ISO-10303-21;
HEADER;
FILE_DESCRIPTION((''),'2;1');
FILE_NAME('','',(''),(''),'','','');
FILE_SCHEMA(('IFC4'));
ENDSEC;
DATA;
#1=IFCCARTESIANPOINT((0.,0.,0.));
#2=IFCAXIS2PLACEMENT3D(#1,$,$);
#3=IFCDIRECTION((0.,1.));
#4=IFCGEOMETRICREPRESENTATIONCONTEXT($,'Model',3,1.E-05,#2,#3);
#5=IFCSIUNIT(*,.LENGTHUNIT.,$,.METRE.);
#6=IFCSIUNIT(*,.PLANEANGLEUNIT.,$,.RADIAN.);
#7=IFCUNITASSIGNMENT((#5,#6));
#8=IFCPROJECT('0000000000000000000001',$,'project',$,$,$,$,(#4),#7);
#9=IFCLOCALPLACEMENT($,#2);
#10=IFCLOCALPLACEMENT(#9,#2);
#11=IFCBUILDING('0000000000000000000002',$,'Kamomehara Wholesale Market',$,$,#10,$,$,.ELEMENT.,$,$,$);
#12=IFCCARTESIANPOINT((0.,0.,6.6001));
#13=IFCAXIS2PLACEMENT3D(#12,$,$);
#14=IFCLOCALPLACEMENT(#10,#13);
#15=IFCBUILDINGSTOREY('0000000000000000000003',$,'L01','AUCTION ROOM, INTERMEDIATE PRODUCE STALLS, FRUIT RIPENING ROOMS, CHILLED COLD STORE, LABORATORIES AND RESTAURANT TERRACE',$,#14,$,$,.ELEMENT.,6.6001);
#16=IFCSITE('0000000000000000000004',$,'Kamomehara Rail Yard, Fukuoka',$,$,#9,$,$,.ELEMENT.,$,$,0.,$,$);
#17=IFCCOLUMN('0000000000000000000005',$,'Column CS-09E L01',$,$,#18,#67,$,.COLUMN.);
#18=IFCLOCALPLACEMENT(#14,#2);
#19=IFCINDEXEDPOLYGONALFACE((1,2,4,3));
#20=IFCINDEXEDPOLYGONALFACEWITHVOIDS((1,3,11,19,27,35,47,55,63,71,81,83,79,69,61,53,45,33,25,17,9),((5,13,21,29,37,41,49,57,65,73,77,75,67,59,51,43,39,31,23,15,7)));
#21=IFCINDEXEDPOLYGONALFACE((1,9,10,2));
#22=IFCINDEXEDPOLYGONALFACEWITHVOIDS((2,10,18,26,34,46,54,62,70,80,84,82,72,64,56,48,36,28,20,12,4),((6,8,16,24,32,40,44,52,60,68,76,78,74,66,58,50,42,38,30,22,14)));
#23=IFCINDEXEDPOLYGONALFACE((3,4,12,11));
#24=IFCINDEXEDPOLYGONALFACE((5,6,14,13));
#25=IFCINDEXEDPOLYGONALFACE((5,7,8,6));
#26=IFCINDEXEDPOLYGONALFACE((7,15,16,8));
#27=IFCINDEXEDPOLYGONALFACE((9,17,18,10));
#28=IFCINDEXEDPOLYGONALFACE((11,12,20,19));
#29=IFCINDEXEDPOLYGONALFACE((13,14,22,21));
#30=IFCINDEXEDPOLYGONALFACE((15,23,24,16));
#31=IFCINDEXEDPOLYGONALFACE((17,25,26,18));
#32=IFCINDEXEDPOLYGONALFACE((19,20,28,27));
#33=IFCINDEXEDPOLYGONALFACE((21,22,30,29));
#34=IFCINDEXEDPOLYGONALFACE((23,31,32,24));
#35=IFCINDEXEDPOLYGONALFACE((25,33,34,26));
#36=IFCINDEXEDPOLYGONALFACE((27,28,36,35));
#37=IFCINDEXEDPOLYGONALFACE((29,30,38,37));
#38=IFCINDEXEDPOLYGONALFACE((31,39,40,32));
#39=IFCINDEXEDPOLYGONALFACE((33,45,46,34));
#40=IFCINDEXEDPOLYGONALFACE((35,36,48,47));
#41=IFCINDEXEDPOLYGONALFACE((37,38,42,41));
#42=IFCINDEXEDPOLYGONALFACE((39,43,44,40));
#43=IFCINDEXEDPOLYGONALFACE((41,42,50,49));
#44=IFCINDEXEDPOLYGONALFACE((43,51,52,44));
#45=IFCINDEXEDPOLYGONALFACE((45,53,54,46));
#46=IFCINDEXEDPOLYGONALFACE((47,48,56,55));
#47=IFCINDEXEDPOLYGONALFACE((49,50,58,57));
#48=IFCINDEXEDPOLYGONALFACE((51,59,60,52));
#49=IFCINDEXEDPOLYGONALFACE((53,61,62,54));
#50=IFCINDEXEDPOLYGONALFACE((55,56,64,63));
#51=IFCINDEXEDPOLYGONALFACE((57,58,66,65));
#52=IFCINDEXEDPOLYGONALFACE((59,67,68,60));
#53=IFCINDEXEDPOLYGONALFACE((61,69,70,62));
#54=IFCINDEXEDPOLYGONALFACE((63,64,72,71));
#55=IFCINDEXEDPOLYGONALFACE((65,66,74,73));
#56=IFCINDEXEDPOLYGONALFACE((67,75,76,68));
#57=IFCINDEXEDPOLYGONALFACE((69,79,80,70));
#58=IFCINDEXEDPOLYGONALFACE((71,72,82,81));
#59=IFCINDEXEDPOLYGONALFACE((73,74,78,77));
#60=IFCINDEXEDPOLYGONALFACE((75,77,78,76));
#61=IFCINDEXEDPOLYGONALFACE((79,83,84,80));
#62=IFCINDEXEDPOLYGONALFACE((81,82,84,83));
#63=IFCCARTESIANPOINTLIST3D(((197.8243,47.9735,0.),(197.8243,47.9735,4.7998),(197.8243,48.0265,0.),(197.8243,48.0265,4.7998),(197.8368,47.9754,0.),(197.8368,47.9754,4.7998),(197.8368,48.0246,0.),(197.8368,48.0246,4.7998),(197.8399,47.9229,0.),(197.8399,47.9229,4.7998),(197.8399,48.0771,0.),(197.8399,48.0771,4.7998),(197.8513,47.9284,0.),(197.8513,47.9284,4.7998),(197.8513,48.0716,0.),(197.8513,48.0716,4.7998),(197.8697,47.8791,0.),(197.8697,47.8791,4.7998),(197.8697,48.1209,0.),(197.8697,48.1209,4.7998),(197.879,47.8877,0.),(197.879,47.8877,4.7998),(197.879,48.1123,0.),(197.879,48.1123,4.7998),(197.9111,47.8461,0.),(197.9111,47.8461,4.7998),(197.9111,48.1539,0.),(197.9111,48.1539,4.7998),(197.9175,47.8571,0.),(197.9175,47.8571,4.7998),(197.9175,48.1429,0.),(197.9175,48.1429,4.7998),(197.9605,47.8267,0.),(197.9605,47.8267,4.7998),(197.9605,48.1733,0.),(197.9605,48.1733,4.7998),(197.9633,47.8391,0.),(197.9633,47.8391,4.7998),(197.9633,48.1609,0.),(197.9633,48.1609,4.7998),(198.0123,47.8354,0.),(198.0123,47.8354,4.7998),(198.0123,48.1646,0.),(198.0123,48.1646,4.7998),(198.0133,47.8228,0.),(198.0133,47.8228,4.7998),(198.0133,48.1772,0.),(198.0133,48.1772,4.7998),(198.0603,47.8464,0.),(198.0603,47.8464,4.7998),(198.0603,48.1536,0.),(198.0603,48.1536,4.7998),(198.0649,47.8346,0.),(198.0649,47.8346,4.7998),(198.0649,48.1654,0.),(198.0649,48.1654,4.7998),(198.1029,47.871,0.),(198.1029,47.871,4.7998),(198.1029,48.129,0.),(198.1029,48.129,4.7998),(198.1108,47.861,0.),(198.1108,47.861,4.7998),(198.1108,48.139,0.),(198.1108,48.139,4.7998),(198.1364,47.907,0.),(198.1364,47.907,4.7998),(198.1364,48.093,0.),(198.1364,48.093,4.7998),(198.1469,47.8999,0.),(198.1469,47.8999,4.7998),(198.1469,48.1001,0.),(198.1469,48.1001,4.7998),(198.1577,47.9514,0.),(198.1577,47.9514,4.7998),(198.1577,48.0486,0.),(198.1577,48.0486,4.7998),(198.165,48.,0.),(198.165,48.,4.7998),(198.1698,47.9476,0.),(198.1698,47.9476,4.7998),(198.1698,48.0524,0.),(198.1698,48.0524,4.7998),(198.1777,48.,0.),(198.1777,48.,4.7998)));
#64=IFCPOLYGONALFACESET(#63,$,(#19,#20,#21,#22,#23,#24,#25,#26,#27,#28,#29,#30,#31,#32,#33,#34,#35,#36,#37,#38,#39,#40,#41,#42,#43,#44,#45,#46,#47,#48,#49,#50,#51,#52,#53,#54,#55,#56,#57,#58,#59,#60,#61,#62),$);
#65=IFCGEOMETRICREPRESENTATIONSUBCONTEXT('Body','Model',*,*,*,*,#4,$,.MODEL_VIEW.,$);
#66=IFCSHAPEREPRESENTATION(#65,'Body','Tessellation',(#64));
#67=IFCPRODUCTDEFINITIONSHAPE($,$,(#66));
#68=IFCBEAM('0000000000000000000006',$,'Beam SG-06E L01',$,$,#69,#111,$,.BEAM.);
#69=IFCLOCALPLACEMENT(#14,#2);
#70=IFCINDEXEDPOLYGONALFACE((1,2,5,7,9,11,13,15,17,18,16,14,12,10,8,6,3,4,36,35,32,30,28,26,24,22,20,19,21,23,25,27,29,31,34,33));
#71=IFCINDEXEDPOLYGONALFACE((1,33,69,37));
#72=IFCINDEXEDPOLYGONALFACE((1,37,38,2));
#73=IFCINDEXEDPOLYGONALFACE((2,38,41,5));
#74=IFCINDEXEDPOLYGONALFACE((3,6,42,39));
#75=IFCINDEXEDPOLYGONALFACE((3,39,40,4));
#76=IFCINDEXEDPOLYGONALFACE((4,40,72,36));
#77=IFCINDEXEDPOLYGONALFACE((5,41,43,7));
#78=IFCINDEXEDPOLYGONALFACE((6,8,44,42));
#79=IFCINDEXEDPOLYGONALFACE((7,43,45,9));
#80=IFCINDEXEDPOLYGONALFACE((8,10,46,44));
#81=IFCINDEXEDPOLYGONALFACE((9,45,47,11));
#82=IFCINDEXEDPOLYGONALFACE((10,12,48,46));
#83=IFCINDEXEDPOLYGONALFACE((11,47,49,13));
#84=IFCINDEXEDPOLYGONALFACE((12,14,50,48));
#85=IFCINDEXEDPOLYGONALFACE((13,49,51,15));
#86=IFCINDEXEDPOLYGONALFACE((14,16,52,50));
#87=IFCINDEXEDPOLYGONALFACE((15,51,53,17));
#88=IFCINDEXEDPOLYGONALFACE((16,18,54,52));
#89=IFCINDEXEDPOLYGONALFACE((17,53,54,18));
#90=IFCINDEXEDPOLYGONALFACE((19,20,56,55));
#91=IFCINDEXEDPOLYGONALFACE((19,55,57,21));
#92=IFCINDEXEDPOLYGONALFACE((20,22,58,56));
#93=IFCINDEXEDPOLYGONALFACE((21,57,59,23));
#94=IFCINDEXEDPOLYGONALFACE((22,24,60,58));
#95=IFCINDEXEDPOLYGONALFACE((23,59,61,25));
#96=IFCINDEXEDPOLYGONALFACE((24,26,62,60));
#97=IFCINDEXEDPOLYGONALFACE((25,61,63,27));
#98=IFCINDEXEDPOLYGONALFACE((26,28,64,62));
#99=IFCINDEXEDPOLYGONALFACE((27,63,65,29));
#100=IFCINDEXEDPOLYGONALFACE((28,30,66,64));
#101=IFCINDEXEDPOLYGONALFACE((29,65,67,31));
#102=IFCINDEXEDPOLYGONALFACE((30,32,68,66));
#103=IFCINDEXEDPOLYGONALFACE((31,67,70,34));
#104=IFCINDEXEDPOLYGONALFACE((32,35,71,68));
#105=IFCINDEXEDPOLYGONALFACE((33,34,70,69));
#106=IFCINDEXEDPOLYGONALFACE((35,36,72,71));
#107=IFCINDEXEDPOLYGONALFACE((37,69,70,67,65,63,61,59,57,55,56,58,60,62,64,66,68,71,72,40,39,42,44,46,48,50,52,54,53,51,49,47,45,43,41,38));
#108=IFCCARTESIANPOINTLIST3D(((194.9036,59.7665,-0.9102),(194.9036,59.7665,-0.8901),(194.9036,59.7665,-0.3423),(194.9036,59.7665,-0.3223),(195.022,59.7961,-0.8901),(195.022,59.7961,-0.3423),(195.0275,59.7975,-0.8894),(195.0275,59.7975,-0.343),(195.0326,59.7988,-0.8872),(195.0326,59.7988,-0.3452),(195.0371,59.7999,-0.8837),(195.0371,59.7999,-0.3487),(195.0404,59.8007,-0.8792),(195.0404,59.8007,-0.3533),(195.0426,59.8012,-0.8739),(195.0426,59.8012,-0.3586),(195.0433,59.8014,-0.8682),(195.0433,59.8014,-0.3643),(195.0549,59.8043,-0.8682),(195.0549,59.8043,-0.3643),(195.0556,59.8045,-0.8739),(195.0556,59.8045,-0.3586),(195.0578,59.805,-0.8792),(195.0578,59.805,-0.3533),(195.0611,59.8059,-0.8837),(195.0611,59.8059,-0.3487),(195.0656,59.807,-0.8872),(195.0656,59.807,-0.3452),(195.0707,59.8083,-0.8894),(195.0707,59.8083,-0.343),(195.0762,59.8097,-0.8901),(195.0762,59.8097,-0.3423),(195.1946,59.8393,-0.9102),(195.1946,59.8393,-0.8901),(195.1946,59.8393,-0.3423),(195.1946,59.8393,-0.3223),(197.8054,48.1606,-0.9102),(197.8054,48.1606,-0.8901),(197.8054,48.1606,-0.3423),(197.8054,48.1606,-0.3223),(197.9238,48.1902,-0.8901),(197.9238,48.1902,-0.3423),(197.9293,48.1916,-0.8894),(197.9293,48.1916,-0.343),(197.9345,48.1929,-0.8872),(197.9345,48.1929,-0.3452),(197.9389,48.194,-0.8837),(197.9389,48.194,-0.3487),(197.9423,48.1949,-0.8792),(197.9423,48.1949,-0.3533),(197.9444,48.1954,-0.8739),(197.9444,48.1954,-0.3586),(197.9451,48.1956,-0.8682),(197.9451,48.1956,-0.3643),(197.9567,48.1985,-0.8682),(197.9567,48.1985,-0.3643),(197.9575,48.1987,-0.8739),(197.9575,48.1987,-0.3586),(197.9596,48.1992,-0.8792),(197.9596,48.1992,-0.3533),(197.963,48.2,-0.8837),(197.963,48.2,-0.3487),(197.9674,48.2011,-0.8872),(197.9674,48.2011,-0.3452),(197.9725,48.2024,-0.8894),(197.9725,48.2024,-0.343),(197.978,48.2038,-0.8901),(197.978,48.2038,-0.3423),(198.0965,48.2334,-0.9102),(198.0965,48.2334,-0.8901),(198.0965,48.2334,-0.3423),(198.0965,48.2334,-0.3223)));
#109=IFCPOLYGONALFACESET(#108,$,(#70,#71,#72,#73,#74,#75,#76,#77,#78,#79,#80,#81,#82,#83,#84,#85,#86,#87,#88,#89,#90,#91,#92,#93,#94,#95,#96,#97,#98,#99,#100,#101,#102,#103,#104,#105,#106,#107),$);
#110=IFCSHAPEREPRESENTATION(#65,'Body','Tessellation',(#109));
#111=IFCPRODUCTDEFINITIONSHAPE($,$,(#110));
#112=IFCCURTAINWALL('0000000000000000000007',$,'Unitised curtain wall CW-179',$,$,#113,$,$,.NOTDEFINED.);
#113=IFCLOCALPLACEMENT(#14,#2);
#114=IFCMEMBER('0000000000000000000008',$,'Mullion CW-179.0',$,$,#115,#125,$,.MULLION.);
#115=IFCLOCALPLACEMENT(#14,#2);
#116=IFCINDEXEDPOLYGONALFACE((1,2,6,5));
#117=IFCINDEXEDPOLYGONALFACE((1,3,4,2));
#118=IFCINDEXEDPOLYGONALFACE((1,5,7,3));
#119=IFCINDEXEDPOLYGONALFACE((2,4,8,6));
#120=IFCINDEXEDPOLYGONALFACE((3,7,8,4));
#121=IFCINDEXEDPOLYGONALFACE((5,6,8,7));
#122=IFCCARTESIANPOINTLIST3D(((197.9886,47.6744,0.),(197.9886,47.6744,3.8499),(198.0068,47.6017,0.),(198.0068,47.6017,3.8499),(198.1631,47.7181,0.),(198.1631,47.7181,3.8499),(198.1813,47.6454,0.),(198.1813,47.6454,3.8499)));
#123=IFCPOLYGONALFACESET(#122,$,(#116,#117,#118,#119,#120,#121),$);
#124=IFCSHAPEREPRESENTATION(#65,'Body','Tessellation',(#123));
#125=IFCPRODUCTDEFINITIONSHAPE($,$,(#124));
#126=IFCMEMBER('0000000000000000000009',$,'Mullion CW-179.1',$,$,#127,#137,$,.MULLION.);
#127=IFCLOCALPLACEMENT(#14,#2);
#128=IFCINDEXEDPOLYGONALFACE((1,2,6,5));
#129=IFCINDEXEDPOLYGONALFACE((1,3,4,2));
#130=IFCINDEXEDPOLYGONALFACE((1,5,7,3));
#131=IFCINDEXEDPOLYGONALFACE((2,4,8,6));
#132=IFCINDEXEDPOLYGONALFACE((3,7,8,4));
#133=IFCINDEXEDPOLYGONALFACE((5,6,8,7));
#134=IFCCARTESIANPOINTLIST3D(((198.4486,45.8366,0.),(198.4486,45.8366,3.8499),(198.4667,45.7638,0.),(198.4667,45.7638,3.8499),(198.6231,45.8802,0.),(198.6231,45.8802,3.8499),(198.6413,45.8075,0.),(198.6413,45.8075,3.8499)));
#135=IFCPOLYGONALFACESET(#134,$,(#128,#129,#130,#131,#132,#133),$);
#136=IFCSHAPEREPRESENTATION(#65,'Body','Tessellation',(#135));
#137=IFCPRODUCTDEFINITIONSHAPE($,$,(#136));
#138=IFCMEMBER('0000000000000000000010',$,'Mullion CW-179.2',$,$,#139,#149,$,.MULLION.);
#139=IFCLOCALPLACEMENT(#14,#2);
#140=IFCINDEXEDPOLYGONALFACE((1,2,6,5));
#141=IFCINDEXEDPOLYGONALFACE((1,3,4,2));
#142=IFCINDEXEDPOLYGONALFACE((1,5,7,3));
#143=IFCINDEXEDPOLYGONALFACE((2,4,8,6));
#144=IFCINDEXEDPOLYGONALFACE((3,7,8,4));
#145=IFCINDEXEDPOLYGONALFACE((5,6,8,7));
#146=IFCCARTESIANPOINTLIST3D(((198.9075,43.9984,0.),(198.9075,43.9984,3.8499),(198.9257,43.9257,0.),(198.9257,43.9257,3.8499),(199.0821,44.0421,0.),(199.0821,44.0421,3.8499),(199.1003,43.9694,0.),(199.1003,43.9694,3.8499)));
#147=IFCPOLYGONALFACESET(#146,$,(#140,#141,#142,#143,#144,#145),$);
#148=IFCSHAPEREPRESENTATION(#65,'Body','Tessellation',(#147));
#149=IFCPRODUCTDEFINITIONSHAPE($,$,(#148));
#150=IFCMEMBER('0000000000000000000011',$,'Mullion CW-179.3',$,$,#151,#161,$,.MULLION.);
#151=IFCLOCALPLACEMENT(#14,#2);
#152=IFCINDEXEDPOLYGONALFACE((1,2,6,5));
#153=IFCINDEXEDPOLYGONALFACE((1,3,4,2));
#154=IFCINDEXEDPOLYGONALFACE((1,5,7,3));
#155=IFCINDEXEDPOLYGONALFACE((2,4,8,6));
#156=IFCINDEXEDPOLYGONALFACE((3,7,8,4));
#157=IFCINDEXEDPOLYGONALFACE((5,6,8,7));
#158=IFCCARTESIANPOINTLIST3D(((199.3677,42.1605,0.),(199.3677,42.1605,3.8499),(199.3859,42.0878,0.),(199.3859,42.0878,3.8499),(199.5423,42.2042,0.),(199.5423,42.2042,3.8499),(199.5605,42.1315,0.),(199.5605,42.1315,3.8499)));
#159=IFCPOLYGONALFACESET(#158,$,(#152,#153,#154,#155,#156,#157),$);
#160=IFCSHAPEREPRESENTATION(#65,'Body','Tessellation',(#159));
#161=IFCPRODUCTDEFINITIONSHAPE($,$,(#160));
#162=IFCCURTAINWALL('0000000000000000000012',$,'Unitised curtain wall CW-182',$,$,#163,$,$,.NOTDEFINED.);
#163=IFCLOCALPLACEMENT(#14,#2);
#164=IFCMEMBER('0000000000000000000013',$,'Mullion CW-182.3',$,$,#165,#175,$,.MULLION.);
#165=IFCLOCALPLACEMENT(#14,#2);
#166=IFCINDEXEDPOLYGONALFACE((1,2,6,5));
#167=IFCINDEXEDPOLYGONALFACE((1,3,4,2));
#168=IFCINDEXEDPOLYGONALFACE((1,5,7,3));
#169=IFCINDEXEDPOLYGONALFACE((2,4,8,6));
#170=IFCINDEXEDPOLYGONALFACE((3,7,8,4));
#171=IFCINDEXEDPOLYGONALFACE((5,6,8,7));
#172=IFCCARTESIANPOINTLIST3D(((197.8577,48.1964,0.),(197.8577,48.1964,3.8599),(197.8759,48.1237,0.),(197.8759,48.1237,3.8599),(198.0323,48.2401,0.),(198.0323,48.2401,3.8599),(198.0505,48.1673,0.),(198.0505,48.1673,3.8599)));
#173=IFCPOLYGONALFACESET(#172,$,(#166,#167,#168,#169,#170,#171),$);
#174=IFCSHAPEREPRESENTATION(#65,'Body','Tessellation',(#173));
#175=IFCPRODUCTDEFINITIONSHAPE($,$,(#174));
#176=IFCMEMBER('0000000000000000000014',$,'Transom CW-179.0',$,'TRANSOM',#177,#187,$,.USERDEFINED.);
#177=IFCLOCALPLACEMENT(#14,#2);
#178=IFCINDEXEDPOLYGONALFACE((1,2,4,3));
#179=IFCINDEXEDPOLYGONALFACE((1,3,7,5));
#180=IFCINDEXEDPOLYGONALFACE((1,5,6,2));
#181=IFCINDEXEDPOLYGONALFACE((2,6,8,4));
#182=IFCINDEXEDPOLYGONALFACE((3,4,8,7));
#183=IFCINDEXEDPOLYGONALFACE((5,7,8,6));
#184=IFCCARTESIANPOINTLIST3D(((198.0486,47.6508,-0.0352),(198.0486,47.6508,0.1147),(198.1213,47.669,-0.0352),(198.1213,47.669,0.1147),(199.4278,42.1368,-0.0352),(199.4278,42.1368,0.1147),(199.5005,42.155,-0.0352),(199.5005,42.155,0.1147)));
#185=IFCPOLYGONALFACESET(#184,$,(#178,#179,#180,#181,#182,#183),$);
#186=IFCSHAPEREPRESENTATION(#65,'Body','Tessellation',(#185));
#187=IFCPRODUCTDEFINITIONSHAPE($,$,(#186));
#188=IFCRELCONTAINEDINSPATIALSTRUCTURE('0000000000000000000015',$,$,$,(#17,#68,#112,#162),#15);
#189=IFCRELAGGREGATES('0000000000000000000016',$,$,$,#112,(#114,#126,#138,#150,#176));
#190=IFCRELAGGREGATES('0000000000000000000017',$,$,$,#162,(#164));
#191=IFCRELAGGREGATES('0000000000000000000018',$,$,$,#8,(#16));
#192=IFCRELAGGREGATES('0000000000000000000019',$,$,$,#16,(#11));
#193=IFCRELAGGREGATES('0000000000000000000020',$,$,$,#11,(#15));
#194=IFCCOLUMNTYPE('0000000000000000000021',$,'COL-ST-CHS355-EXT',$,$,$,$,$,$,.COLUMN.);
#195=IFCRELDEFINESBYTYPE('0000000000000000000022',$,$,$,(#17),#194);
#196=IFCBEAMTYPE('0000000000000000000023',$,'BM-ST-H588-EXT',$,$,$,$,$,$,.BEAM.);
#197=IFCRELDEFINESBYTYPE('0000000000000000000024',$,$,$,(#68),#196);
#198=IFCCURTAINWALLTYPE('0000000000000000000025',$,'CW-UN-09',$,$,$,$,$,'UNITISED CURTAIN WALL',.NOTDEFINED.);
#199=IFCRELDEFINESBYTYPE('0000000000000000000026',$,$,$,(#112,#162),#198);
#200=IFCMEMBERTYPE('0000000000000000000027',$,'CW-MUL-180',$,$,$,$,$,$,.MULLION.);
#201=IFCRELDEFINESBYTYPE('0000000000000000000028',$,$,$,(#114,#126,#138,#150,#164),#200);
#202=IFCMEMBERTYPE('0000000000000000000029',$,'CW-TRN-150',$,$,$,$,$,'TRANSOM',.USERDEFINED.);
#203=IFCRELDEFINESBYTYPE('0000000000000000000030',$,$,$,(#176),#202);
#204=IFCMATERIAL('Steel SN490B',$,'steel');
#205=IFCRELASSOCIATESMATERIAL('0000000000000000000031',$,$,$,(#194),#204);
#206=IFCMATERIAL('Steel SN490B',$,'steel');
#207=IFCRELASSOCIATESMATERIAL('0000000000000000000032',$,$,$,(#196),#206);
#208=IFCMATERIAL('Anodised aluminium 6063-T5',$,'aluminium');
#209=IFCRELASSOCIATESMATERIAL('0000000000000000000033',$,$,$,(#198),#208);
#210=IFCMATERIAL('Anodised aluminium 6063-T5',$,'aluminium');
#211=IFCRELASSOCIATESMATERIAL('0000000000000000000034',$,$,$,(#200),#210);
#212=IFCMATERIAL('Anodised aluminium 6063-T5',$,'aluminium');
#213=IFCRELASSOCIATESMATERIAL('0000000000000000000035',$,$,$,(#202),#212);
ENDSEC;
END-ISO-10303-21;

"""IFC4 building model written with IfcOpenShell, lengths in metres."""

from ifc_helpers import new_model, si_unit, direction, frame, origin, origin_2d, place, context, subcontext, project, spatial, rectangle, hollow_circle, i_section, extrude, material, material_profile, profile_set, type_object, element, aggregate, save


model = new_model("IFC4")

# Units and contexts
model_context = context("Model", 3, precision=1e-05, world=origin(), true_north=direction((0.0, 1.0)))
body_context = subcontext(model_context, "Body", "Model", "MODEL_VIEW")
ifc_project = project(units=[si_unit("LENGTHUNIT", "METRE"), si_unit("PLANEANGLEUNIT", "RADIAN")], contexts=[model_context])

# Site, building, storey
site_placement = place(None, origin())
site = spatial("IfcSite", under=ifc_project, at=site_placement, Name="Kamomehara Rail Yard, Fukuoka", CompositionType="ELEMENT", RefElevation=0.0)
building_placement = place(site_placement, origin())
building = spatial("IfcBuilding", under=site, at=building_placement, Name="Kamomehara Wholesale Market", CompositionType="ELEMENT")
storey_placement = place(building_placement, frame((0.0, 0.0, 6.6001)))
storey = spatial("IfcBuildingStorey", under=building, at=storey_placement, Name="L01", Description="AUCTION ROOM, INTERMEDIATE PRODUCE STALLS, FRUIT RIPENING ROOMS, CHILLED COLD STORE, LABORATORIES AND RESTAURANT TERRACE", CompositionType="ELEMENT", Elevation=6.6001)

# Column
ifc_material_1 = material(Name="Steel SN490B", Category="steel")
ifc_material_profile_1 = material_profile(ifc_material_1, hollow_circle(Radius=0.1777, WallThickness=0.0127, at=origin_2d()), Name="CHS-355.6x12.7")
ifc_profile_set_1 = profile_set([ifc_material_profile_1], Name="Steel SN490B")
column_type = type_object("IfcColumnType", Name="COL-ST-CHS355-EXT", PredefinedType="COLUMN", material=ifc_profile_set_1)
column_placement = place(storey_placement, frame((198.0, 48.0, 0.0), z_axis=(0.0, 0.0, 1.0), x_axis=(1.0, 0.0, 0.0)))
element("IfcColumn", 1, at=column_placement, inside=storey, type_object=column_type, Name="Column CS-09E L01", PredefinedType="COLUMN", context=body_context, shape_type="SweptSolid", body=[
    extrude(hollow_circle(Radius=0.1777, WallThickness=0.0127, at=origin_2d()), origin(), (0.0, 0.0, 1.0), 4.7998),
])

# Beam
ifc_material_2 = material(Name="Steel SN490B", Category="steel")
ifc_material_profile_2 = material_profile(ifc_material_2, i_section(OverallWidth=0.3, OverallDepth=0.5879, WebThickness=0.012, FlangeThickness=0.02, FilletRadius=0.022, at=origin_2d()), Name="H-588x300x12x20")
ifc_profile_set_2 = profile_set([ifc_material_profile_2], Name="Steel SN490B")
beam_type = type_object("IfcBeamType", Name="BM-ST-H588-EXT", PredefinedType="BEAM", material=ifc_profile_set_2)
beam_placement = place(storey_placement, frame((197.9509, 48.197, -0.6162), z_axis=(-0.242564, 0.970135, 0.0), x_axis=(-0.970135, -0.242564, 0.0)))
element("IfcBeam", 2, at=beam_placement, inside=storey, type_object=beam_type, Name="Beam SG-06E L01", PredefinedType="BEAM", context=body_context, shape_type="SweptSolid", body=[
    extrude(i_section(OverallWidth=0.3, OverallDepth=0.5879, WebThickness=0.012, FlangeThickness=0.02, FilletRadius=0.022, at=origin_2d()), origin(), (0.0, 0.0, 1.0), 11.9631),
])

# Curtain wall, members
ifc_material_3 = material(Name="Anodised aluminium 6063-T5", Category="aluminium")
curtain_wall_type = type_object("IfcCurtainWallType", Name="CW-UN-09", ElementType="UNITISED CURTAIN WALL", PredefinedType="NOTDEFINED", material=ifc_material_3)
curtain_wall_1_placement = place(storey_placement, origin())
curtain_wall_1 = element("IfcCurtainWall", 3, at=curtain_wall_1_placement, inside=storey, type_object=curtain_wall_type, Name="Unitised curtain wall CW-179", PredefinedType="NOTDEFINED")
ifc_material_4 = material(Name="Anodised aluminium 6063-T5", Category="aluminium")
ifc_material_profile_3 = material_profile(ifc_material_4, rectangle(XDim=0.075, YDim=0.1799, at=origin_2d()), Name="ALU-MUL-75x180")
ifc_profile_set_3 = profile_set([ifc_material_profile_3], Name="Anodised aluminium 6063-T5")
member_type_1 = type_object("IfcMemberType", Name="CW-MUL-180", PredefinedType="MULLION", material=ifc_profile_set_3)
member_1_placement = place(storey_placement, frame((198.085, 47.6599, 0.0), z_axis=(0.0, 0.0, 1.0), x_axis=(0.242618, -0.970122, 0.0)))
member_1 = element("IfcMember", 4, at=member_1_placement, type_object=member_type_1, Name="Mullion CW-179.0", PredefinedType="MULLION", context=body_context, shape_type="SweptSolid", body=[
    extrude(rectangle(XDim=0.075, YDim=0.1799, at=origin_2d()), origin(), (0.0, 0.0, 1.0), 3.8499),
])
member_2_placement = place(storey_placement, frame((198.5449, 45.822, 0.0), z_axis=(0.0, 0.0, 1.0), x_axis=(0.242618, -0.970122, 0.0)))
member_2 = element("IfcMember", 5, at=member_2_placement, type_object=member_type_1, Name="Mullion CW-179.1", PredefinedType="MULLION", context=body_context, shape_type="SweptSolid", body=[
    extrude(rectangle(XDim=0.075, YDim=0.1799, at=origin_2d()), origin(), (0.0, 0.0, 1.0), 3.8499),
])
member_3_placement = place(storey_placement, frame((199.0039, 43.9839, 0.0), z_axis=(0.0, 0.0, 1.0), x_axis=(0.242618, -0.970122, 0.0)))
member_3 = element("IfcMember", 6, at=member_3_placement, type_object=member_type_1, Name="Mullion CW-179.2", PredefinedType="MULLION", context=body_context, shape_type="SweptSolid", body=[
    extrude(rectangle(XDim=0.075, YDim=0.1799, at=origin_2d()), origin(), (0.0, 0.0, 1.0), 3.8499),
])
member_4_placement = place(storey_placement, frame((199.4641, 42.146, 0.0), z_axis=(0.0, 0.0, 1.0), x_axis=(0.242618, -0.970122, 0.0)))
member_4 = element("IfcMember", 7, at=member_4_placement, type_object=member_type_1, Name="Mullion CW-179.3", PredefinedType="MULLION", context=body_context, shape_type="SweptSolid", body=[
    extrude(rectangle(XDim=0.075, YDim=0.1799, at=origin_2d()), origin(), (0.0, 0.0, 1.0), 3.8499),
])

# Curtain wall, member
curtain_wall_2_placement = place(storey_placement, origin())
curtain_wall_2 = element("IfcCurtainWall", 8, at=curtain_wall_2_placement, inside=storey, type_object=curtain_wall_type, Name="Unitised curtain wall CW-182", PredefinedType="NOTDEFINED")
member_5_placement = place(storey_placement, frame((197.9541, 48.1819, 0.0), z_axis=(0.0, 0.0, 1.0), x_axis=(0.242452, -0.970163, 0.0)))
member_5 = element("IfcMember", 9, at=member_5_placement, type_object=member_type_1, Name="Mullion CW-182.3", PredefinedType="MULLION", context=body_context, shape_type="SweptSolid", body=[
    extrude(rectangle(XDim=0.075, YDim=0.1799, at=origin_2d()), origin(), (0.0, 0.0, 1.0), 3.8599),
])

# Member
ifc_material_5 = material(Name="Anodised aluminium 6063-T5", Category="aluminium")
ifc_material_profile_4 = material_profile(ifc_material_5, rectangle(XDim=0.075, YDim=0.1499, at=origin_2d()), Name="ALU-TRN-75x150")
ifc_profile_set_4 = profile_set([ifc_material_profile_4], Name="Anodised aluminium 6063-T5")
member_type_2 = type_object("IfcMemberType", Name="CW-TRN-150", ElementType="TRANSOM", PredefinedType="USERDEFINED", material=ifc_profile_set_4)
member_6_placement = place(storey_placement, frame((198.085, 47.6599, 0.0398), z_axis=(0.242647, -0.970115, 0.0), x_axis=(0.970115, 0.242647, 0.0)))
member_6 = element("IfcMember", 10, at=member_6_placement, type_object=member_type_2, Name="Transom CW-179.0", ObjectType="TRANSOM", PredefinedType="USERDEFINED", context=body_context, shape_type="SweptSolid", body=[
    extrude(rectangle(XDim=0.075, YDim=0.1499, at=origin_2d()), origin(), (0.0, 0.0, 1.0), 5.6838),
])

aggregate(curtain_wall_1, [member_1, member_2, member_3, member_4, member_6])
aggregate(curtain_wall_2, [member_5])

save(model, "model.ifc")
